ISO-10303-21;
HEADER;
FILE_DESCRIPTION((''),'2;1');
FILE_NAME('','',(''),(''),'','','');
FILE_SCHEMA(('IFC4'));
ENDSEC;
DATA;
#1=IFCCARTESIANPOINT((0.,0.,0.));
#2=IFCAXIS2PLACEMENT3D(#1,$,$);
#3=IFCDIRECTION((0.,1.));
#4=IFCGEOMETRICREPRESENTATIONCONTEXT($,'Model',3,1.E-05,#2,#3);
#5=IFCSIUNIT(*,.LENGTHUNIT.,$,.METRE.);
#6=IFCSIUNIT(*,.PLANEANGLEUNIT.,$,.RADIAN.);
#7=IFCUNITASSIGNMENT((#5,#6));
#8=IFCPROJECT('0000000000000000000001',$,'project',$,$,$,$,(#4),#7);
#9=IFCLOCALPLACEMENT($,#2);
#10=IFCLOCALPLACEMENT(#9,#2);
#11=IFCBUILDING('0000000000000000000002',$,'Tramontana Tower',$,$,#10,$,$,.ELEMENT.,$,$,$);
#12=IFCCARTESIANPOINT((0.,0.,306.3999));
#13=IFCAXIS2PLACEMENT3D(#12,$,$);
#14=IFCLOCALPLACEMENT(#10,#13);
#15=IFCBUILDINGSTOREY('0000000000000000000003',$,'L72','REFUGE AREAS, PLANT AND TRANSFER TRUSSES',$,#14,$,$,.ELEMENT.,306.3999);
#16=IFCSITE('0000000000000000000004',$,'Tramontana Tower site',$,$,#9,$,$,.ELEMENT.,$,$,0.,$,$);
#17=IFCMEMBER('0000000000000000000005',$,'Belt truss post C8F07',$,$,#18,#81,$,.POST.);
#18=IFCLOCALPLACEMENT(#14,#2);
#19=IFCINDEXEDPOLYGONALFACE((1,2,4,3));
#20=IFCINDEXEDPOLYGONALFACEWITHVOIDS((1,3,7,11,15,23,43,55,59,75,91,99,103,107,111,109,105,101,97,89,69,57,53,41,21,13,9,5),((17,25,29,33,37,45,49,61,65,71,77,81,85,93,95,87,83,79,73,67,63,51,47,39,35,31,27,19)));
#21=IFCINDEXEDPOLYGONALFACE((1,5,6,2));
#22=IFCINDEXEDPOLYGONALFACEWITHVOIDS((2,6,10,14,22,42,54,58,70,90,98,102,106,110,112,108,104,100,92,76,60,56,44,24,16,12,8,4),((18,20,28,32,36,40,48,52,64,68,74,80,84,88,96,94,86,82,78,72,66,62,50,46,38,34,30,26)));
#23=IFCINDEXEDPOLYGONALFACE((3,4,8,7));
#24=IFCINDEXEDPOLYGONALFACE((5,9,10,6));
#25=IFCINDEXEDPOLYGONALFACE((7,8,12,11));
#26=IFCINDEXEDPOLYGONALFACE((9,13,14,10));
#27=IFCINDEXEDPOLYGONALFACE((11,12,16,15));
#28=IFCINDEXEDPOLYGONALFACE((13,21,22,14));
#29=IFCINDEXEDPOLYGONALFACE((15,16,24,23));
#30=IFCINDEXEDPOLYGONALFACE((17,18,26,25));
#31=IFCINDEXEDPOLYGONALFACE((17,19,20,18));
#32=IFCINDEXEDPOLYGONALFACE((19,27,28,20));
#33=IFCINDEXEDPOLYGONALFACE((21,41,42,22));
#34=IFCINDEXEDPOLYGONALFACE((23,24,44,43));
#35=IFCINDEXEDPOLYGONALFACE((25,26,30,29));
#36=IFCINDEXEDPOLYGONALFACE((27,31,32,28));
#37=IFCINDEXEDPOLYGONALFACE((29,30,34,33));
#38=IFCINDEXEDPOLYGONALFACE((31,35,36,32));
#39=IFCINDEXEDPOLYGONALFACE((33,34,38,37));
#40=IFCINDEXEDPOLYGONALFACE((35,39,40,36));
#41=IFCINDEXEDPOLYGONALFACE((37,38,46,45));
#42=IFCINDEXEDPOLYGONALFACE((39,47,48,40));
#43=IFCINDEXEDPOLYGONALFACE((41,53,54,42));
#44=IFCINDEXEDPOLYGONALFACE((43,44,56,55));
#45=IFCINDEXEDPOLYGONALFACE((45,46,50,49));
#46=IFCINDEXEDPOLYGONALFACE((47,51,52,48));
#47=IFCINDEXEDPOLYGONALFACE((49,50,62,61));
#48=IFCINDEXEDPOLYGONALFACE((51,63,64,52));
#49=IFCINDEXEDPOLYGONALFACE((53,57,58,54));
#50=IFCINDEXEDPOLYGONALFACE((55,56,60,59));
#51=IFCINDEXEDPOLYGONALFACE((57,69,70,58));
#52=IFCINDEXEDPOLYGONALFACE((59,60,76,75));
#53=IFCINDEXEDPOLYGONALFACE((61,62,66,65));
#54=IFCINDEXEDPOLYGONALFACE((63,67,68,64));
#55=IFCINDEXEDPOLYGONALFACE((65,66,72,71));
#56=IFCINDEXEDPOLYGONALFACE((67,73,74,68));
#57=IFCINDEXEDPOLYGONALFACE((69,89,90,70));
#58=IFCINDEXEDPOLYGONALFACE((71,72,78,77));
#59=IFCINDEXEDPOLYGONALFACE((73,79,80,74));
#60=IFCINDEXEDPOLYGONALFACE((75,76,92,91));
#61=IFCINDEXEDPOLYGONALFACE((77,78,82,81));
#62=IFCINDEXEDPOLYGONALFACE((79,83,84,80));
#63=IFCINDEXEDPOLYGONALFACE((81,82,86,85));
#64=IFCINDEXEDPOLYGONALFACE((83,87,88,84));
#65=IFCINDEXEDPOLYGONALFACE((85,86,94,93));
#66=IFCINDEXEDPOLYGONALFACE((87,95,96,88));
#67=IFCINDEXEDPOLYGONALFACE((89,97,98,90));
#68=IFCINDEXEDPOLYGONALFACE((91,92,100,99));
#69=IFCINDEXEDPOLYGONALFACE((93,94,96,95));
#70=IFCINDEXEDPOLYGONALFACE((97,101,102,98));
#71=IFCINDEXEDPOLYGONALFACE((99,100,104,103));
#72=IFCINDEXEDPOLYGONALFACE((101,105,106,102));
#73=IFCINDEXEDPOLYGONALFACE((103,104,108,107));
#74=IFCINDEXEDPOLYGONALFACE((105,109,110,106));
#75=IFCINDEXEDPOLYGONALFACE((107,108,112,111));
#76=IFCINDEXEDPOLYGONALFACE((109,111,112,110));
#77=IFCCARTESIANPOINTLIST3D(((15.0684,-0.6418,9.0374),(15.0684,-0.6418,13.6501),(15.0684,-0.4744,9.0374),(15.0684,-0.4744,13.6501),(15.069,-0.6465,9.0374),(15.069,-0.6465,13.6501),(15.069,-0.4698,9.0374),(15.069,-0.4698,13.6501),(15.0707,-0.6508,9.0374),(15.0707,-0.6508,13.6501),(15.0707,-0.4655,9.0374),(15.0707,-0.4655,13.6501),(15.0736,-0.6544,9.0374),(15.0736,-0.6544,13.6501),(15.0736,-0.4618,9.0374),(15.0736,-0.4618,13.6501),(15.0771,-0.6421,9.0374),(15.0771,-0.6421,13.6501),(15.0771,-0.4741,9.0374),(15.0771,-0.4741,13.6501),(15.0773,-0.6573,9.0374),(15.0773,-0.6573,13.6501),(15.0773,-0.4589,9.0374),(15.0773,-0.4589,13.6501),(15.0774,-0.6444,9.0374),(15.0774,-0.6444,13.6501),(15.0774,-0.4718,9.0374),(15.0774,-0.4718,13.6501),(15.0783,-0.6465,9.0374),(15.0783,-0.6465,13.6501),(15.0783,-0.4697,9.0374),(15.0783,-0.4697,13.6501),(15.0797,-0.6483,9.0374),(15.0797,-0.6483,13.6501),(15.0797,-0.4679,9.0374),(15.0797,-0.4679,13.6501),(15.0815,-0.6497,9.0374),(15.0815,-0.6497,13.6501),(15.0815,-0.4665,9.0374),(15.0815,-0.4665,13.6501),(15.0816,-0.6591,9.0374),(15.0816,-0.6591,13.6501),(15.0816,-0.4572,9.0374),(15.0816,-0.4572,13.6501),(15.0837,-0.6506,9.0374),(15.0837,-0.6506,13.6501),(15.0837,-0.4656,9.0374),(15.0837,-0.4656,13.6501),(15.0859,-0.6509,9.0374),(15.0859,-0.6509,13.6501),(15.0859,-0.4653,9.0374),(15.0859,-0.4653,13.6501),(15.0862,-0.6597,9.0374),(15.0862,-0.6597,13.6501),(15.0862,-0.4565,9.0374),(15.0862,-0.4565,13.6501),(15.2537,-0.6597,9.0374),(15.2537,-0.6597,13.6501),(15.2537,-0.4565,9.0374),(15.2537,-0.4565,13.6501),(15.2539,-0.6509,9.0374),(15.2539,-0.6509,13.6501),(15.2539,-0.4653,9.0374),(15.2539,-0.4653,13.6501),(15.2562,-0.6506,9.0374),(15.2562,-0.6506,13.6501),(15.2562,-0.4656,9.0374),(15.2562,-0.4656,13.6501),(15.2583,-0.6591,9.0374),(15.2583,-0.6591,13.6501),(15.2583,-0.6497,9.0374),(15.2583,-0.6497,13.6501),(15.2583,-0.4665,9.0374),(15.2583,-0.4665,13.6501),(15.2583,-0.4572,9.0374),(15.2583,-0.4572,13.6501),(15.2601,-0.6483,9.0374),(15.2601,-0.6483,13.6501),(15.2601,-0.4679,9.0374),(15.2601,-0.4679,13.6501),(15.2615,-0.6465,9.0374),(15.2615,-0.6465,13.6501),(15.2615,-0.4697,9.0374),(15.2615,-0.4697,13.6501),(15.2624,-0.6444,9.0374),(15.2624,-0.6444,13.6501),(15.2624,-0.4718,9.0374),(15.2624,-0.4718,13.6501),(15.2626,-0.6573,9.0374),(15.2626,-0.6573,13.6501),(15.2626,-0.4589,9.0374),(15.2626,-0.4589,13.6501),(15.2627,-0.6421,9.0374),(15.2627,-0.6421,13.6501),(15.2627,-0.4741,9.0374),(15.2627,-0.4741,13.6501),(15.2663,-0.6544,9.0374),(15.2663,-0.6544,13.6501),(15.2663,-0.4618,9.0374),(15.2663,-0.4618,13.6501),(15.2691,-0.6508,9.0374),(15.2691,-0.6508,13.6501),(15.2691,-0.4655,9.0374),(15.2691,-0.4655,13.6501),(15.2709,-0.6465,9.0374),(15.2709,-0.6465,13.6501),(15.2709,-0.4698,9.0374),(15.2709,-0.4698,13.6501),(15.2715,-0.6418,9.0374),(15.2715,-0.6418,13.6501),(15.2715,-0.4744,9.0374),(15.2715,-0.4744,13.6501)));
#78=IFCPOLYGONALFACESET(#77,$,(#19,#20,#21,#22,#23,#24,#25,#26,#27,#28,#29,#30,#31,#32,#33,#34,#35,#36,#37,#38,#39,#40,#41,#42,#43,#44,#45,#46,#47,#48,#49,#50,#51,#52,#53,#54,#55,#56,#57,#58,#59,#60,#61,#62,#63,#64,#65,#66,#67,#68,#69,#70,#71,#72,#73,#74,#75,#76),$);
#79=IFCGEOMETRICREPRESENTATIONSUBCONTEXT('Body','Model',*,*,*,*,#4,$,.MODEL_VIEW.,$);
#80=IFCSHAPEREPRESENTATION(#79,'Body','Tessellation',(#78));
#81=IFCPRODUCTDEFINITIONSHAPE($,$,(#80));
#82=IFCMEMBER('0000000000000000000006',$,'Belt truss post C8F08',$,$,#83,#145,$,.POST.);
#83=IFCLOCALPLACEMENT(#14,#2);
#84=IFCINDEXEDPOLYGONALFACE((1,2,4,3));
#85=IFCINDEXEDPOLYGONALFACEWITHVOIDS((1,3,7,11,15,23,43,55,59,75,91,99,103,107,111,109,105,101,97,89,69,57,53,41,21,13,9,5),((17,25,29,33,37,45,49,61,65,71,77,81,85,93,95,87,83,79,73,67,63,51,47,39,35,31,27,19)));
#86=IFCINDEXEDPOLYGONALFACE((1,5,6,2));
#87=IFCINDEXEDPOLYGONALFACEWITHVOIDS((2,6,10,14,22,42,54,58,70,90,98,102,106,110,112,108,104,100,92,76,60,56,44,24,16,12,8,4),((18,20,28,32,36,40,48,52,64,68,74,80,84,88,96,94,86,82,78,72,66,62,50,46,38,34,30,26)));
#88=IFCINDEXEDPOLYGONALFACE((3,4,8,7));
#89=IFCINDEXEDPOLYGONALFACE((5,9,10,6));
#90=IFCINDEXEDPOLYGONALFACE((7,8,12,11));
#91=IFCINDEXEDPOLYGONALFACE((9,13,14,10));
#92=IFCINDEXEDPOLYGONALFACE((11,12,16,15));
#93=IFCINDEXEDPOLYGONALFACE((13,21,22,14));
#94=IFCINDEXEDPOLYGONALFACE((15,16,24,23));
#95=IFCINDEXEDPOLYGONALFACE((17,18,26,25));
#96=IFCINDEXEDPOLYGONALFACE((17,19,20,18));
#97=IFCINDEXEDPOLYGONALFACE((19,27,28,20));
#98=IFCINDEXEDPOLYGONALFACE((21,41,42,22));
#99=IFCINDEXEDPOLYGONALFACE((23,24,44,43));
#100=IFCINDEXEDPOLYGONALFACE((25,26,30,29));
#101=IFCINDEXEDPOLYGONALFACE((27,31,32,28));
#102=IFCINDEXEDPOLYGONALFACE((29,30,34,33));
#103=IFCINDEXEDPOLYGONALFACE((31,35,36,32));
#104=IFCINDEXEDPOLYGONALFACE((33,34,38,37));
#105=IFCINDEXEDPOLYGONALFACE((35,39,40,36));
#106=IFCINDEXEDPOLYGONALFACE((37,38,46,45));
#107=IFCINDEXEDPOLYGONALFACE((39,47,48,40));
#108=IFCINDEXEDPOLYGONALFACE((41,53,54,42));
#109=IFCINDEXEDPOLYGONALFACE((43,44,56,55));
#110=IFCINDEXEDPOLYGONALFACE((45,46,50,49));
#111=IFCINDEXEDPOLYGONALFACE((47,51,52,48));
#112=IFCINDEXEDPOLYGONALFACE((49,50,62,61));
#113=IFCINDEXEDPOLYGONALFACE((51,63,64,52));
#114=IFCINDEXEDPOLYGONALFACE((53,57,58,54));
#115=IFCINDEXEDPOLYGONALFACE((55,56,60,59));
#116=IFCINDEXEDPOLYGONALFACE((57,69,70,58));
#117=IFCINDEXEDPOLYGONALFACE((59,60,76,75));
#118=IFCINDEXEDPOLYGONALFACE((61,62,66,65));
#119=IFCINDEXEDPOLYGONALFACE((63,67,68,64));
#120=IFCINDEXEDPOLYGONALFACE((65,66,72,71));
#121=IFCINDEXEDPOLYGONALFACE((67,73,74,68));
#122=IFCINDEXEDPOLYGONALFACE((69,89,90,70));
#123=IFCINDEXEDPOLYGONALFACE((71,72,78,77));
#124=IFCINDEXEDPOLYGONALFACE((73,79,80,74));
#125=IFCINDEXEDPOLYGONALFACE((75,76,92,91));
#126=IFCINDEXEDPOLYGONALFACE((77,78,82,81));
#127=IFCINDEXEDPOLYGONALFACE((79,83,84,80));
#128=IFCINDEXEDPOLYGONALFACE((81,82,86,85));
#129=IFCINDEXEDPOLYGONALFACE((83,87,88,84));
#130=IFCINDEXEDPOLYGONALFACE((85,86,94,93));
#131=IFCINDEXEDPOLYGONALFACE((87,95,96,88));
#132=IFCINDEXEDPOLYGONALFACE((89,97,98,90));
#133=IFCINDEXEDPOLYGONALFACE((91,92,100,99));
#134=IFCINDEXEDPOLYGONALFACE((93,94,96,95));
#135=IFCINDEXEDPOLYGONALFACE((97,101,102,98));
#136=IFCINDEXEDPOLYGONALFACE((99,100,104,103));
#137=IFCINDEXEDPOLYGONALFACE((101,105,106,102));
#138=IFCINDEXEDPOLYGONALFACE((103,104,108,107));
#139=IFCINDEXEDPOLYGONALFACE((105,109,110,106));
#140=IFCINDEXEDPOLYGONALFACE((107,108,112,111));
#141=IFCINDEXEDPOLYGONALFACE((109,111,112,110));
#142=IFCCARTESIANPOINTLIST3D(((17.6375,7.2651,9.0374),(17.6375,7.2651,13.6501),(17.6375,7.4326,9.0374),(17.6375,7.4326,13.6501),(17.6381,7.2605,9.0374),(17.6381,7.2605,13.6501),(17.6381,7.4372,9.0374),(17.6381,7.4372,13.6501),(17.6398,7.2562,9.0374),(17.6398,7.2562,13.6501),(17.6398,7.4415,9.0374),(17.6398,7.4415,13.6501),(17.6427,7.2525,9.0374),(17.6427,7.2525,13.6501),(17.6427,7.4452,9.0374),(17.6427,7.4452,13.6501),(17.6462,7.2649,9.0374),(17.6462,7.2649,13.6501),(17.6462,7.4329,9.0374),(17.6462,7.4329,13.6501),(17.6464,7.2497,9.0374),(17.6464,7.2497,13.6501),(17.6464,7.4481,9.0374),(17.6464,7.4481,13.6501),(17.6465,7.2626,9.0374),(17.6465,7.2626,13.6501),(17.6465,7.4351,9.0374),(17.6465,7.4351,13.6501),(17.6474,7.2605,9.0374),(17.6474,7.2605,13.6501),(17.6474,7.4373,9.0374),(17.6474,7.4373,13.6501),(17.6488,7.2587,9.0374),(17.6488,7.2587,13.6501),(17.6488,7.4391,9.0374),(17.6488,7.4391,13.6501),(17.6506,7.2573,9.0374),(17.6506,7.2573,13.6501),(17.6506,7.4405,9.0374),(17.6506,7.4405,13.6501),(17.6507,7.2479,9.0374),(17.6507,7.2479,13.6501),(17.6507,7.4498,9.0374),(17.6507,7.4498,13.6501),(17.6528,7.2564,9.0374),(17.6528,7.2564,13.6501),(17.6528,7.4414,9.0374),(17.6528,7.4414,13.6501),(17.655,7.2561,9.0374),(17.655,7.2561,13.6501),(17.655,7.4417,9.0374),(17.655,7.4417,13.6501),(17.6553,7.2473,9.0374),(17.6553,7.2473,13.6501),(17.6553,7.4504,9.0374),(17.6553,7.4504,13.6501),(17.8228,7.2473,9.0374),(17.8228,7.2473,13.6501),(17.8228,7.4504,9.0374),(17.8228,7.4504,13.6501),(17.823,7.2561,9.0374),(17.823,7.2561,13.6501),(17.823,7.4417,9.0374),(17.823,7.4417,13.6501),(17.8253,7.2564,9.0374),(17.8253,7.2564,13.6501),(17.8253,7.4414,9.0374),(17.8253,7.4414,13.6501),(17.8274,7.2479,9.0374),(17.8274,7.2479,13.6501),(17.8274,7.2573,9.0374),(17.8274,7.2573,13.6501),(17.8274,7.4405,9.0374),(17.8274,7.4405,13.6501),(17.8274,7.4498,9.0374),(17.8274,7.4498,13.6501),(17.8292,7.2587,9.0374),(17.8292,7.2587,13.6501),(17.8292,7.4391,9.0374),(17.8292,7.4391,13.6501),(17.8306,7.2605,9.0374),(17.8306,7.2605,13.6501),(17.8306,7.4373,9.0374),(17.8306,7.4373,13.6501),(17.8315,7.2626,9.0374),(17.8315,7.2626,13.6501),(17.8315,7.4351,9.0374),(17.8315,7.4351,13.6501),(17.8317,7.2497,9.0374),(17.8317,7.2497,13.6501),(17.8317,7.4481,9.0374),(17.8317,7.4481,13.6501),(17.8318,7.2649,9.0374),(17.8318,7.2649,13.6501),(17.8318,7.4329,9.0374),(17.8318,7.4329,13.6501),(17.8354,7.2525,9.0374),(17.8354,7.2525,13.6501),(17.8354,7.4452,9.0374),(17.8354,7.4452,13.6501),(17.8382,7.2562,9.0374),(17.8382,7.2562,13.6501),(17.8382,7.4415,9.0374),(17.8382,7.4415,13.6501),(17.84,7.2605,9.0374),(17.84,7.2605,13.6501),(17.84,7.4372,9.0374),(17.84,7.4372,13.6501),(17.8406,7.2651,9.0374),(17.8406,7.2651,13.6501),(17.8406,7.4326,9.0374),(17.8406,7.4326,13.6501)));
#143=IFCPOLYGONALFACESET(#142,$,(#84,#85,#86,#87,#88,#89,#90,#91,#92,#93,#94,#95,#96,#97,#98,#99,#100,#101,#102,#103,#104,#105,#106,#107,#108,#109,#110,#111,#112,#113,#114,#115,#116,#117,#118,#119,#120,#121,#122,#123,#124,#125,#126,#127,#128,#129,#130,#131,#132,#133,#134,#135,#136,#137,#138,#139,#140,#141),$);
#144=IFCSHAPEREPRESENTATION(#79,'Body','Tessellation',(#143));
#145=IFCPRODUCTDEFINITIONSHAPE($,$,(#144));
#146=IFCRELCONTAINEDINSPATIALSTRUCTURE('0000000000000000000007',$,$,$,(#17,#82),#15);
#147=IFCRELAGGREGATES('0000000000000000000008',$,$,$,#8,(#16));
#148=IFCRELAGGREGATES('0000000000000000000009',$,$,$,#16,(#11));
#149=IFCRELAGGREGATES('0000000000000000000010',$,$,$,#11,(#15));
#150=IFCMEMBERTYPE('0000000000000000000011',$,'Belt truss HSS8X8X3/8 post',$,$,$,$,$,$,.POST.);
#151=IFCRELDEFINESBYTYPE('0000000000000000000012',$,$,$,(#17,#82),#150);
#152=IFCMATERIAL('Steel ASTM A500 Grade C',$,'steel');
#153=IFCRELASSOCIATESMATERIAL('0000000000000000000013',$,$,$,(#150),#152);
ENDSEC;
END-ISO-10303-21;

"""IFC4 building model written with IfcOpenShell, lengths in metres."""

from ifc_helpers import new_model, si_unit, direction, frame, origin, origin_2d, place, context, subcontext, project, spatial, hollow_rectangle, extrude, material, material_profile, profile_set, type_object, element, save


model = new_model("IFC4")

# Units and contexts
model_context = context("Model", 3, precision=1e-05, world=origin(), true_north=direction((0.0, 1.0)))
body_context = subcontext(model_context, "Body", "Model", "MODEL_VIEW")
ifc_project = project(units=[si_unit("LENGTHUNIT", "METRE"), si_unit("PLANEANGLEUNIT", "RADIAN")], contexts=[model_context])

# Site, building, storey
site_placement = place(None, origin())
site = spatial("IfcSite", under=ifc_project, at=site_placement, Name="Tramontana Tower site", CompositionType="ELEMENT", RefElevation=0.0)
building_placement = place(site_placement, origin())
building = spatial("IfcBuilding", under=site, at=building_placement, Name="Tramontana Tower", CompositionType="ELEMENT")
storey_placement = place(building_placement, frame((0.0, 0.0, 306.3999)))
storey = spatial("IfcBuildingStorey", under=building, at=storey_placement, Name="L72", Description="REFUGE AREAS, PLANT AND TRANSFER TRUSSES", CompositionType="ELEMENT", Elevation=306.3999)

# Members
ifc_material_1 = material(Name="Steel ASTM A500 Grade C", Category="steel")
ifc_material_profile_1 = material_profile(ifc_material_1, hollow_rectangle(XDim=0.2031, YDim=0.2031, WallThickness=0.0088, InnerFilletRadius=0.0088, OuterFilletRadius=0.0178, at=origin_2d()), Name="HSS8X8X3/8")
ifc_profile_set_1 = profile_set([ifc_material_profile_1], Name="Steel ASTM A500 Grade C")
member_type_1 = type_object("IfcMemberType", Name="Belt truss HSS8X8X3/8 post", PredefinedType="POST", material=ifc_profile_set_1)
for number, where, z_axis, x_axis, name in (
    (1, (15.1699, -0.5581, 9.0374), (0.0, 0.0, 1.0), (1.0, 0.0, 0.0), "Belt truss post C8F07"),
    (2, (17.739, 7.3489, 9.0374), (0.0, 0.0, 1.0), (1.0, 0.0, 0.0), "Belt truss post C8F08"),
):
    element("IfcMember", number, at=place(storey_placement, frame(where, z_axis=z_axis, x_axis=x_axis)), inside=storey, type_object=member_type_1, Name=name, PredefinedType="POST", context=body_context, shape_type="SweptSolid", body=[
        extrude(hollow_rectangle(XDim=0.2031, YDim=0.2031, WallThickness=0.0088, InnerFilletRadius=0.0088, OuterFilletRadius=0.0178, at=origin_2d()), origin(), (0.0, 0.0, 1.0), 4.6128),
    ])

save(model, "model.ifc")
